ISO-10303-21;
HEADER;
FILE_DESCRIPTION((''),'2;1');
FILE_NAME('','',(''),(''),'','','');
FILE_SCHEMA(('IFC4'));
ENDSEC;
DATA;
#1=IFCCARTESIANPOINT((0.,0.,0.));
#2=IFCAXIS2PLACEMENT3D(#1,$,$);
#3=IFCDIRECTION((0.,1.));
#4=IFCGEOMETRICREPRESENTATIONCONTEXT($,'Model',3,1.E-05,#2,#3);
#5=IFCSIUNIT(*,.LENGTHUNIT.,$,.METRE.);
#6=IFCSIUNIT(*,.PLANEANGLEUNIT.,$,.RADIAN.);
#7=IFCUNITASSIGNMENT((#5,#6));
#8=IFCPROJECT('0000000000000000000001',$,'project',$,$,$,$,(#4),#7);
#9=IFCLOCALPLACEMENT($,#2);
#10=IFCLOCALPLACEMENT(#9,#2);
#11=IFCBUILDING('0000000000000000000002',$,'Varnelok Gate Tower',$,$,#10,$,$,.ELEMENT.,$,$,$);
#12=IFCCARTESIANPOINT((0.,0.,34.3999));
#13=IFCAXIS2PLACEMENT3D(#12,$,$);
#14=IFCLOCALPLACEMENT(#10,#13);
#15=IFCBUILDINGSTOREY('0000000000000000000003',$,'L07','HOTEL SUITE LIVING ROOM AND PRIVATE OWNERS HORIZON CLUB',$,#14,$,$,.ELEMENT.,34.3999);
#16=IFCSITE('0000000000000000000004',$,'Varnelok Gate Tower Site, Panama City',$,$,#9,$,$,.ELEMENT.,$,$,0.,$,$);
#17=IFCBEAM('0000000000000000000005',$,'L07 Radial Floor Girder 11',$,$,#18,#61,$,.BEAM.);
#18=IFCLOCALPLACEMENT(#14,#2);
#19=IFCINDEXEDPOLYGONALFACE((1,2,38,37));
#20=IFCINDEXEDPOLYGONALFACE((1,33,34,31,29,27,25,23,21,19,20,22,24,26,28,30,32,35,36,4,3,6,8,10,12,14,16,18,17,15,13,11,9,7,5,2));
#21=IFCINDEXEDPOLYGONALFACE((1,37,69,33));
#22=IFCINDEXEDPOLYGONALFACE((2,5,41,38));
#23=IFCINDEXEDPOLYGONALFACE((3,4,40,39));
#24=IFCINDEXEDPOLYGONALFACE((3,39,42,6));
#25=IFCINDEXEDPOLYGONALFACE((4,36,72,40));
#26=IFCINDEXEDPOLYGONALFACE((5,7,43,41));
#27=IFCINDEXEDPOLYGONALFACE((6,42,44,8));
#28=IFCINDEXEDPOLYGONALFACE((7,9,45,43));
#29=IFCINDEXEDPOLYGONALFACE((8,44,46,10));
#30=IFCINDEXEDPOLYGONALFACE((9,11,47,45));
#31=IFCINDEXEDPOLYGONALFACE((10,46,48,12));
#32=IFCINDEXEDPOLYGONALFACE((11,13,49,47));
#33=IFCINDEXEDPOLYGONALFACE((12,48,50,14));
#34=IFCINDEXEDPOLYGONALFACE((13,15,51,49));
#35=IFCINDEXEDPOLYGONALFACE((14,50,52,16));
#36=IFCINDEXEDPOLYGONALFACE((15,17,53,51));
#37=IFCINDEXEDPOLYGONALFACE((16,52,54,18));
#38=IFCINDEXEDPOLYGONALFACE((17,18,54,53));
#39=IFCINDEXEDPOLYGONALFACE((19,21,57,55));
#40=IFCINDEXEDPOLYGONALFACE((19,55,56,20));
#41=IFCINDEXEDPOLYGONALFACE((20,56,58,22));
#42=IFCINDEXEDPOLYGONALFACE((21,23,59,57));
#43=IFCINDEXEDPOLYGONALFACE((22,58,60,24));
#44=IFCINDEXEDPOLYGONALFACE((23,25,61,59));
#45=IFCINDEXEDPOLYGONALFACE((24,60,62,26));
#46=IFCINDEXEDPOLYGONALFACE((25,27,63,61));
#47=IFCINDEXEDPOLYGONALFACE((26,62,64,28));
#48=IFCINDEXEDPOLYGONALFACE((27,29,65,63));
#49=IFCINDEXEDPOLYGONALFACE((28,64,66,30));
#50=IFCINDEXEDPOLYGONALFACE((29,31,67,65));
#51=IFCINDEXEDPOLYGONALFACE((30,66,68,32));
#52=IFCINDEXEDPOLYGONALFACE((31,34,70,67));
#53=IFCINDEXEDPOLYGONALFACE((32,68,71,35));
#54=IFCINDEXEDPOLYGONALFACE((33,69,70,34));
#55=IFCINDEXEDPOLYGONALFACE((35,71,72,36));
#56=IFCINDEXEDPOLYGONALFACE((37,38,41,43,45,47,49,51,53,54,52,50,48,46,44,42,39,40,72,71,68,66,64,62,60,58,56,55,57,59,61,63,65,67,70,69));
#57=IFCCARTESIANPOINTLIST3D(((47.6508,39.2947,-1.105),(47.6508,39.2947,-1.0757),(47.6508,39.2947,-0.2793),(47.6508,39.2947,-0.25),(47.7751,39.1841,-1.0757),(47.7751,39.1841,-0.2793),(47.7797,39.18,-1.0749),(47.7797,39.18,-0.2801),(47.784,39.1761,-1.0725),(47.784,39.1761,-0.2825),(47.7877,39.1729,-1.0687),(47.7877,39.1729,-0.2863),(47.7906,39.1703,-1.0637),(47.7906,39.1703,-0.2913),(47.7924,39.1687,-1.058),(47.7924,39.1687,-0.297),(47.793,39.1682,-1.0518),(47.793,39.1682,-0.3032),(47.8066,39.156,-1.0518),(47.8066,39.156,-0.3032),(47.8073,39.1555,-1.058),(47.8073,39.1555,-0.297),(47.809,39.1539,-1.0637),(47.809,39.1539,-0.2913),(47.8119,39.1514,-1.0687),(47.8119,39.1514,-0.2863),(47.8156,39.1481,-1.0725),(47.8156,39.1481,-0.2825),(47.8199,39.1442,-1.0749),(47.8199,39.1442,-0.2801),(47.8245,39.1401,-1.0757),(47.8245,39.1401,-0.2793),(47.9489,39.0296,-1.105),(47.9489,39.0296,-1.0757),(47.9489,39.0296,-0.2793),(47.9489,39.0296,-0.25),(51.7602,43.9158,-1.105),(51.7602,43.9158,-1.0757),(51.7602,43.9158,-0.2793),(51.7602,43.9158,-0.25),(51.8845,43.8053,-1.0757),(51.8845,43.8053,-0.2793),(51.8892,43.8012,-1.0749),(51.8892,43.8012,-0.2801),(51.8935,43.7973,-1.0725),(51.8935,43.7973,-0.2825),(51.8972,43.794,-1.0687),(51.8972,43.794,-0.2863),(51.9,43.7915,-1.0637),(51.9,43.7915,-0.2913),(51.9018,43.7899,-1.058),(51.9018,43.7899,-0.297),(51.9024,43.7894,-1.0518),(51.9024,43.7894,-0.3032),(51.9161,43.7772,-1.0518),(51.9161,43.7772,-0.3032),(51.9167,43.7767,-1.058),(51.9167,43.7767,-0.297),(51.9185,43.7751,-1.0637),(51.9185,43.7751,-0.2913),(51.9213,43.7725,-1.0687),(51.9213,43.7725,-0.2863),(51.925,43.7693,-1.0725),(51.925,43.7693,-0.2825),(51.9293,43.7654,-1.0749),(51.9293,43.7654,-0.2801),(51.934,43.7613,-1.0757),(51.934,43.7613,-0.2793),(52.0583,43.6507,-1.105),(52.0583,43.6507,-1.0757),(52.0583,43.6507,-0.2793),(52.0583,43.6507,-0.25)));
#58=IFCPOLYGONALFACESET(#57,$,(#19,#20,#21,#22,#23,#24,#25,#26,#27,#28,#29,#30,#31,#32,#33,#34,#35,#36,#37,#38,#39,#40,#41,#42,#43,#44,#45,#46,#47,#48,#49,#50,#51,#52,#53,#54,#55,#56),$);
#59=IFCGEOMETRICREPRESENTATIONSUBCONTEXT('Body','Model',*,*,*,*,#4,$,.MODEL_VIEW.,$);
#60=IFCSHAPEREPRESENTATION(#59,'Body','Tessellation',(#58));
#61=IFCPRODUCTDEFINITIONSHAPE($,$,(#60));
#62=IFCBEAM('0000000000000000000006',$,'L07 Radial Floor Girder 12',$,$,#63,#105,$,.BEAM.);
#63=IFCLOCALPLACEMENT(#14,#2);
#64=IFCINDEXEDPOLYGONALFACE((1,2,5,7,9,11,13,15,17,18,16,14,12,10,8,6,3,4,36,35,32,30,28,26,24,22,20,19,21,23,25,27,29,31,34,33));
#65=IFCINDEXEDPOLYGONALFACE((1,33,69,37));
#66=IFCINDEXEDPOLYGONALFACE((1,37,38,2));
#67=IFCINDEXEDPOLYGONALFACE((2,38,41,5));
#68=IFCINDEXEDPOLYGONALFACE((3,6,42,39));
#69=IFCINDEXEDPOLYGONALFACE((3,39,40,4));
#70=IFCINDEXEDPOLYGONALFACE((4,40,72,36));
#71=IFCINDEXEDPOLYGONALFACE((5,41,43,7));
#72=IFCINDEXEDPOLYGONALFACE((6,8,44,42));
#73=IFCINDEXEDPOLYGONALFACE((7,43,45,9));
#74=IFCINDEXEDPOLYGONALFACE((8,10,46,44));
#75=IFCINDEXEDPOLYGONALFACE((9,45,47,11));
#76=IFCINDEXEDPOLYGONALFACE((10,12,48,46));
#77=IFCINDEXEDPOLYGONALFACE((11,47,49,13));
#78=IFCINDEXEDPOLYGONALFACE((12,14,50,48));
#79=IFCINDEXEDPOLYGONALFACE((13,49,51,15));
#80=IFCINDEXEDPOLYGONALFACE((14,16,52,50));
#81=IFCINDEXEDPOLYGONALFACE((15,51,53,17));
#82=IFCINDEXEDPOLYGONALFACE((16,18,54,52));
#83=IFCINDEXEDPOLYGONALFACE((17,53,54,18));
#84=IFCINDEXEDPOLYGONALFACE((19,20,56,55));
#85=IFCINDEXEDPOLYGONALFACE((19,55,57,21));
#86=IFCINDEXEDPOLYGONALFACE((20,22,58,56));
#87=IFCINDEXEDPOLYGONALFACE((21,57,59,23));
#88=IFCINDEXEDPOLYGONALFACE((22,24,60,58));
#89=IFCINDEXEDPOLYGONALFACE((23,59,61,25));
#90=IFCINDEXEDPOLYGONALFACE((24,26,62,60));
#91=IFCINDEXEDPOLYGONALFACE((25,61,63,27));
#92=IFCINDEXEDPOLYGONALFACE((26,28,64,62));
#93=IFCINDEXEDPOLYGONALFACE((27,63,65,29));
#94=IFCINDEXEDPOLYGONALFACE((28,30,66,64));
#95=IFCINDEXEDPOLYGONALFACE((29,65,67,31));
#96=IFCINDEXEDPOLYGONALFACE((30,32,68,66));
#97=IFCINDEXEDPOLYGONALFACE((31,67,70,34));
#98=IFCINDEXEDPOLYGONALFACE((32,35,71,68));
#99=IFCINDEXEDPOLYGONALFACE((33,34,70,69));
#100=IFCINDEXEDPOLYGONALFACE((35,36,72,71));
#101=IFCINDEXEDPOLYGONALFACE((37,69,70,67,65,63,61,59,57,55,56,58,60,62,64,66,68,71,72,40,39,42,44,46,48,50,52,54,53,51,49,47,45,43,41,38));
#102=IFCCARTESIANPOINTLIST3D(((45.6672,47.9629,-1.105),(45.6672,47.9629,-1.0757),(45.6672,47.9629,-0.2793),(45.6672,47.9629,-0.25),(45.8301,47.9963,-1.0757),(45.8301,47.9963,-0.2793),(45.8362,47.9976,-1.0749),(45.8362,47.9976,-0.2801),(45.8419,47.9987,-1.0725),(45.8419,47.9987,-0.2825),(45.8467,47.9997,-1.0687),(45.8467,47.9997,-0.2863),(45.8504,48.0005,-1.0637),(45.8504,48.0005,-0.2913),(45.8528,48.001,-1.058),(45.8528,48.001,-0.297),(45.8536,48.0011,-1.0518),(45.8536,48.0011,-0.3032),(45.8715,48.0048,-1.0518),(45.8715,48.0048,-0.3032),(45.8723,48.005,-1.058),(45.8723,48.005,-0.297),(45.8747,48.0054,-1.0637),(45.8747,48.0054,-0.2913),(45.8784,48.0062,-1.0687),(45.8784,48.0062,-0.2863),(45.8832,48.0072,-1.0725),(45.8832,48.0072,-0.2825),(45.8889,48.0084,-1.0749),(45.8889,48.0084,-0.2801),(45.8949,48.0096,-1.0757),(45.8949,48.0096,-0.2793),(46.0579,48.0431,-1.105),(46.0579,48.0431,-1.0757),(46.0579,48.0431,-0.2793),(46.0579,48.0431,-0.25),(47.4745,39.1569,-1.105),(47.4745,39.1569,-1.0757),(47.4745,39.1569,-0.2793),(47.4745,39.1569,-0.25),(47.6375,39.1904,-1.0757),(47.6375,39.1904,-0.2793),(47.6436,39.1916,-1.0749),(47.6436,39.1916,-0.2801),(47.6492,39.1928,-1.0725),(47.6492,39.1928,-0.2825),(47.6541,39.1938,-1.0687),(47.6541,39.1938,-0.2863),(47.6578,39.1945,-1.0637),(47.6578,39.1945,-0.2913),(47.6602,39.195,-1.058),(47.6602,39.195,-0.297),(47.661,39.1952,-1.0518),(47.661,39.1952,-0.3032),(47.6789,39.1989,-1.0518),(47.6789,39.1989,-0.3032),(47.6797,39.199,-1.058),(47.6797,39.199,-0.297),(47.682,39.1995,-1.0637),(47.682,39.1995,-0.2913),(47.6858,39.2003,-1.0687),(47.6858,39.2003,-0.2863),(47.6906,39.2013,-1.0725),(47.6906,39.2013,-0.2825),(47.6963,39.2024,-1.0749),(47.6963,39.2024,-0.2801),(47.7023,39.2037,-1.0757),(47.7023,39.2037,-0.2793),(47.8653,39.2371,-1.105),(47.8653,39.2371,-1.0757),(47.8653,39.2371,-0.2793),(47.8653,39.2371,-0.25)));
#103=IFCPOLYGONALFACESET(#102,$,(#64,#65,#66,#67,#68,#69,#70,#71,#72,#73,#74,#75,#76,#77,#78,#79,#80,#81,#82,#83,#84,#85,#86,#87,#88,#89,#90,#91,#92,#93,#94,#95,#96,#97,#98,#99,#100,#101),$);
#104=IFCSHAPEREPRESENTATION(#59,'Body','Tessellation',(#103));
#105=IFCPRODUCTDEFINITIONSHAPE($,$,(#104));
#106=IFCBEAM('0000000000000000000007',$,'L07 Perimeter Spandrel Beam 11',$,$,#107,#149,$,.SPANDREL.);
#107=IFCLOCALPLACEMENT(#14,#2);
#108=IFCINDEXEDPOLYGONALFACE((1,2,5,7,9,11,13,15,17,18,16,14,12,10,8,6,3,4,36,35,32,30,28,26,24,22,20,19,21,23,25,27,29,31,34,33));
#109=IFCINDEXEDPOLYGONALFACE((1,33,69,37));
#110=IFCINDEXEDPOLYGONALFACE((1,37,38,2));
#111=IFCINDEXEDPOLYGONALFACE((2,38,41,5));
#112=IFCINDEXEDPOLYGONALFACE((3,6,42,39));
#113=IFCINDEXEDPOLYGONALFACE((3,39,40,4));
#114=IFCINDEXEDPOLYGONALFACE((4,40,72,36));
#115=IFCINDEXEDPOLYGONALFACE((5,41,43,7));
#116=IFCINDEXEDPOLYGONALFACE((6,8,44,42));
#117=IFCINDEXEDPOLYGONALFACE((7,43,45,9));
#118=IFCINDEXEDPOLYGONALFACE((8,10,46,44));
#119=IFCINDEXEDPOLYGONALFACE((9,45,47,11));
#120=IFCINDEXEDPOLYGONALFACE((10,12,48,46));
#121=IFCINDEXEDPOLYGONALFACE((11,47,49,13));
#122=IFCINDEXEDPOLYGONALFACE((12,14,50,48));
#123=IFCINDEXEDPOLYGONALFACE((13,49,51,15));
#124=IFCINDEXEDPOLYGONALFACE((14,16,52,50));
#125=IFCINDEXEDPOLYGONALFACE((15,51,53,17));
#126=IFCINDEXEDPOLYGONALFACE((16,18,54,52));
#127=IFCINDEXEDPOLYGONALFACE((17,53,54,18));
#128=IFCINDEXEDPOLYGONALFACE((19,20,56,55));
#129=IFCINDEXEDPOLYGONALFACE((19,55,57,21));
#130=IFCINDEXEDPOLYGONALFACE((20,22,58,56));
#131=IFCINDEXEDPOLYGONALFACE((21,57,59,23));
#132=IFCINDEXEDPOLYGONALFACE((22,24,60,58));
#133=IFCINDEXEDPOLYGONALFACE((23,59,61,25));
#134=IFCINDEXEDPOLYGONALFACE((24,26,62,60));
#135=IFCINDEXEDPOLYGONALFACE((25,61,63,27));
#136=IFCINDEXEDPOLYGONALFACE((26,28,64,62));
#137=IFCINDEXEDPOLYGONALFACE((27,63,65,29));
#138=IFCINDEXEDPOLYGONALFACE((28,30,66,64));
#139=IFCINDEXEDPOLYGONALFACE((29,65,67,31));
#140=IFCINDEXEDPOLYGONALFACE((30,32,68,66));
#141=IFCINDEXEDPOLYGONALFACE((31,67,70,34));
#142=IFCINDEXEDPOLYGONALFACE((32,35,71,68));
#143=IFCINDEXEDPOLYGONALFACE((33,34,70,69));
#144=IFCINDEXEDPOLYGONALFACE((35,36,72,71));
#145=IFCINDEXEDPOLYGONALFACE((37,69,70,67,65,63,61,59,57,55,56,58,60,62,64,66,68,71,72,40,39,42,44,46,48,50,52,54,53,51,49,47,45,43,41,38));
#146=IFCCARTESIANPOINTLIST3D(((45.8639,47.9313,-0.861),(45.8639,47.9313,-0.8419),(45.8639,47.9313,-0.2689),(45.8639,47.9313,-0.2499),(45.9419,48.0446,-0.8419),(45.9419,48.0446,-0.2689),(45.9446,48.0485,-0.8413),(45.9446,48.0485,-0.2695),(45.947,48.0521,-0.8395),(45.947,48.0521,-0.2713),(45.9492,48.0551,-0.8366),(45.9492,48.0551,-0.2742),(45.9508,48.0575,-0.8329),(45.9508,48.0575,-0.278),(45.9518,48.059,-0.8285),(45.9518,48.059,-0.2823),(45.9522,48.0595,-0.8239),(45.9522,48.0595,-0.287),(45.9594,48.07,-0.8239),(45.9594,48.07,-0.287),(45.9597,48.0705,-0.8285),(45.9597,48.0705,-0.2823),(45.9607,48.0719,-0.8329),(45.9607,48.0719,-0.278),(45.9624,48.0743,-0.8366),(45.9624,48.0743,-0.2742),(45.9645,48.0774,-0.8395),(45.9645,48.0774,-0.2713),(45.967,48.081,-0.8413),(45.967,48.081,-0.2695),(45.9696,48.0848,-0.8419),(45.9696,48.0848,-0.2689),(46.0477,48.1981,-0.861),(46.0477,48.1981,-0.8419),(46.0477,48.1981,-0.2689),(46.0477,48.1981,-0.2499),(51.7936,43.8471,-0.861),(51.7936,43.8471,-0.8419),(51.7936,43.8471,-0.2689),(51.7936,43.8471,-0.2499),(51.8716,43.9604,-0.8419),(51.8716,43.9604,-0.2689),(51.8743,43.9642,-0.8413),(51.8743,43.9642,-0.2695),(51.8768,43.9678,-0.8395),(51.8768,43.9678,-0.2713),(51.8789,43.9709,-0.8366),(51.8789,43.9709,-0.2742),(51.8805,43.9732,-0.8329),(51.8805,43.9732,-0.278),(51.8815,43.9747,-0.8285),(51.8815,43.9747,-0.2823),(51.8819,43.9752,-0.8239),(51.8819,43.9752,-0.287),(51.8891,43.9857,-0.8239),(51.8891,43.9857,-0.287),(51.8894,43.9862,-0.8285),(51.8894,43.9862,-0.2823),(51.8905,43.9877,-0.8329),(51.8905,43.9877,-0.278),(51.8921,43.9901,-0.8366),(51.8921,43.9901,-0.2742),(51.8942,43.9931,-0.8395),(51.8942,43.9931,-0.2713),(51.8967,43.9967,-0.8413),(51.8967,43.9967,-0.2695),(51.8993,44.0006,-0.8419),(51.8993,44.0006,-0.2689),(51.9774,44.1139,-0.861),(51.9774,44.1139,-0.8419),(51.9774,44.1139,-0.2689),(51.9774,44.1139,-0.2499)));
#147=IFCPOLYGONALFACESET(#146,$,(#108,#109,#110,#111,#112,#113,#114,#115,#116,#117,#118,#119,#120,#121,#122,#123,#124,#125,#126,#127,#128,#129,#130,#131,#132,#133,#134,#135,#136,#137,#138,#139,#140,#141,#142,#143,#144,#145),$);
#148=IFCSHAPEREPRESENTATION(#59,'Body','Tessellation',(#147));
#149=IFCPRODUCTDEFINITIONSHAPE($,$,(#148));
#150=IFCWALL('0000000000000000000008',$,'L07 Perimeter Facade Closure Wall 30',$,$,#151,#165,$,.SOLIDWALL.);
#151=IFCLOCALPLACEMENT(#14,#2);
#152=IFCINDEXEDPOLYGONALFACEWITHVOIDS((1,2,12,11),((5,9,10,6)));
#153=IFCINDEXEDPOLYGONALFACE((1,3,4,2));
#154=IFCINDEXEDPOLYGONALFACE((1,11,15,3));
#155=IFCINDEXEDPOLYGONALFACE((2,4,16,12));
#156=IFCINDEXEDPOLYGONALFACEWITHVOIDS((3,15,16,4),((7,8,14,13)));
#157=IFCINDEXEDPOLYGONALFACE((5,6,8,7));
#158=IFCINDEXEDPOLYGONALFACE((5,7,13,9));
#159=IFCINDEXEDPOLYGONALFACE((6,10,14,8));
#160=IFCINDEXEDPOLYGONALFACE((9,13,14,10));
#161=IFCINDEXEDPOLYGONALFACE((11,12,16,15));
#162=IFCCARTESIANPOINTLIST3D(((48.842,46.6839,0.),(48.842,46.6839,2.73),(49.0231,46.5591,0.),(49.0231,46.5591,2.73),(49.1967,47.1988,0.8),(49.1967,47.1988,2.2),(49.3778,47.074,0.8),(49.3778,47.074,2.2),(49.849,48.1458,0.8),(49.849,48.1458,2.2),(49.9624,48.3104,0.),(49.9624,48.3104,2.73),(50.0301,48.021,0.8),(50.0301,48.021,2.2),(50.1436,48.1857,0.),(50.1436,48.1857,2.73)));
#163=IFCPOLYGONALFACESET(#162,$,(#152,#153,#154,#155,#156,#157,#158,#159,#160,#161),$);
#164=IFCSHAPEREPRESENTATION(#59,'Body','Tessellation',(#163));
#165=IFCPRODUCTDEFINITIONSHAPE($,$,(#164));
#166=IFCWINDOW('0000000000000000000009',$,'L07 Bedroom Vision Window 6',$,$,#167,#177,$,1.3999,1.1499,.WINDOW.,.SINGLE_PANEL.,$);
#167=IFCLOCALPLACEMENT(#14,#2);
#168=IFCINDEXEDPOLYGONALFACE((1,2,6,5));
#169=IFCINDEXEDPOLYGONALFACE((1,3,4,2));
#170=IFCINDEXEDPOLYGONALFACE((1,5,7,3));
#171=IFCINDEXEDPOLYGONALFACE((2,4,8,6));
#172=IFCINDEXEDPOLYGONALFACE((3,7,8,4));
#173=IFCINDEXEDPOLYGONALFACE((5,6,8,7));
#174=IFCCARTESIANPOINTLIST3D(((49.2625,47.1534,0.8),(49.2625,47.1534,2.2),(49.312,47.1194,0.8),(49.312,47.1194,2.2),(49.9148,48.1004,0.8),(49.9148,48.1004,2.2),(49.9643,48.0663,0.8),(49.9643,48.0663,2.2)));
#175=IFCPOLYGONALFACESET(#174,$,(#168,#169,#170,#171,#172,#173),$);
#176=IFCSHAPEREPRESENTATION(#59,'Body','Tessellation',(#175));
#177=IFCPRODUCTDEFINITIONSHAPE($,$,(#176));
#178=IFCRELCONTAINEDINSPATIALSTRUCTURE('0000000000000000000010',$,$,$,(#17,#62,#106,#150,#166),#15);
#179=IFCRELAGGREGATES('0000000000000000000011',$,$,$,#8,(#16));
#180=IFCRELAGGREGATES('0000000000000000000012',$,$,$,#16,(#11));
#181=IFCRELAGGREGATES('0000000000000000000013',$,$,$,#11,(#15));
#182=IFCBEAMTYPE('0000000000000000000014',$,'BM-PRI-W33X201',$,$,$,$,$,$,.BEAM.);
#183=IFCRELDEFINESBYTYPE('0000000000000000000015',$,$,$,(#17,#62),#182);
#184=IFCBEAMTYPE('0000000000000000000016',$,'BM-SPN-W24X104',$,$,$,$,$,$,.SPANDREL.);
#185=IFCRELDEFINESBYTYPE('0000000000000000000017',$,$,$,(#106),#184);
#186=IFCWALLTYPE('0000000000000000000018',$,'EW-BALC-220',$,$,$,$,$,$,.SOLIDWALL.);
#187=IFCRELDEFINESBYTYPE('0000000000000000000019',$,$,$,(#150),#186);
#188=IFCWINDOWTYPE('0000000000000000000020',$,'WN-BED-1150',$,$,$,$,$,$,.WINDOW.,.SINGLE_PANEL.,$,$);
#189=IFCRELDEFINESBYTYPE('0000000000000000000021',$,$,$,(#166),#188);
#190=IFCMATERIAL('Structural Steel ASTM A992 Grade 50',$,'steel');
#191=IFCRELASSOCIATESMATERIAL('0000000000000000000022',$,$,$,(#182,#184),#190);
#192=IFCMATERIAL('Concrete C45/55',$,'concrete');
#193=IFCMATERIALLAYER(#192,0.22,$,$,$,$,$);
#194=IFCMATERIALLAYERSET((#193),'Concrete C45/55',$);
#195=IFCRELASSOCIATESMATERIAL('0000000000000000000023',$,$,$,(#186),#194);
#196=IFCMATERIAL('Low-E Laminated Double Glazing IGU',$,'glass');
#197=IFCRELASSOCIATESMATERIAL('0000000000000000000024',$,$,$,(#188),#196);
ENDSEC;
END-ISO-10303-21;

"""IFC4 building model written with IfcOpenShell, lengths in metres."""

from ifc_helpers import new_model, si_unit, direction, frame, frame_2d, origin, origin_2d, place, context, subcontext, project, spatial, rectangle, i_section, extrude, material, layer, layer_set, material_profile, profile_set, type_object, element, fill, save


model = new_model("IFC4")

# Units and contexts
model_context = context("Model", 3, precision=1e-05, world=origin(), true_north=direction((0.0, 1.0)))
body_context = subcontext(model_context, "Body", "Model", "MODEL_VIEW")
ifc_project = project(units=[si_unit("LENGTHUNIT", "METRE"), si_unit("PLANEANGLEUNIT", "RADIAN")], contexts=[model_context])

# Site, building, storey
site_placement = place(None, origin())
site = spatial("IfcSite", under=ifc_project, at=site_placement, Name="Varnelok Gate Tower Site, Panama City", CompositionType="ELEMENT", RefElevation=0.0)
building_placement = place(site_placement, origin())
building = spatial("IfcBuilding", under=site, at=building_placement, Name="Varnelok Gate Tower", CompositionType="ELEMENT")
storey_placement = place(building_placement, frame((0.0, 0.0, 34.3999)))
storey = spatial("IfcBuildingStorey", under=building, at=storey_placement, Name="L07", Description="HOTEL SUITE LIVING ROOM AND PRIVATE OWNERS HORIZON CLUB", CompositionType="ELEMENT", Elevation=34.3999)

# Shared definitions
ifc_material_1 = material(Name="Structural Steel ASTM A992 Grade 50", Category="steel")

# Beams
ifc_material_profile_1 = material_profile(ifc_material_1, i_section(OverallWidth=0.3989, OverallDepth=0.855, WebThickness=0.0183, FlangeThickness=0.0293, FilletRadius=0.0239, at=origin_2d()), Name="W33X201")
ifc_profile_set_1 = profile_set([ifc_material_profile_1], Name="Structural Steel ASTM A992 Grade 50")
beam_type_1 = type_object("IfcBeamType", Name="BM-PRI-W33X201", PredefinedType="BEAM", material=ifc_profile_set_1)
beam_1_placement = place(storey_placement, frame((47.7998, 39.1621, -0.6775), z_axis=(0.664521, 0.74727, 0.0), x_axis=(-0.74727, 0.664521, 0.0)))
element("IfcBeam", 1, at=beam_1_placement, inside=storey, type_object=beam_type_1, Name="L07 Radial Floor Girder 11", PredefinedType="BEAM", context=body_context, shape_type="SweptSolid", body=[
    extrude(i_section(OverallWidth=0.3989, OverallDepth=0.855, WebThickness=0.0183, FlangeThickness=0.0293, FilletRadius=0.0239, at=origin_2d()), origin(), (0.0, 0.0, 1.0), 6.1841),
])
beam_2_placement = place(storey_placement, frame((47.6699, 39.197, -0.6775), z_axis=(-0.201054, 0.97958, 0.0), x_axis=(-0.97958, -0.201054, 0.0)))
element("IfcBeam", 2, at=beam_2_placement, inside=storey, type_object=beam_type_1, Name="L07 Radial Floor Girder 12", PredefinedType="BEAM", context=body_context, shape_type="SweptSolid", body=[
    extrude(i_section(OverallWidth=0.3989, OverallDepth=0.855, WebThickness=0.0183, FlangeThickness=0.0293, FilletRadius=0.0239, at=origin_2d()), origin(), (0.0, 0.0, 1.0), 8.9895),
])
ifc_material_profile_2 = material_profile(ifc_material_1, i_section(OverallWidth=0.324, OverallDepth=0.6111, WebThickness=0.0127, FlangeThickness=0.019, FilletRadius=0.0181, at=origin_2d()), Name="W24X104")
ifc_profile_set_2 = profile_set([ifc_material_profile_2], Name="Structural Steel ASTM A992 Grade 50")
beam_type_2 = type_object("IfcBeamType", Name="BM-SPN-W24X104", PredefinedType="SPANDREL", material=ifc_profile_set_2)
beam_3_placement = place(storey_placement, frame((51.8855, 43.9805, -0.5554), z_axis=(-0.823551, 0.567242, 0.0), x_axis=(-0.567242, -0.823551, 0.0)))
element("IfcBeam", 3, at=beam_3_placement, inside=storey, type_object=beam_type_2, Name="L07 Perimeter Spandrel Beam 11", PredefinedType="SPANDREL", context=body_context, shape_type="SweptSolid", body=[
    extrude(i_section(OverallWidth=0.324, OverallDepth=0.6111, WebThickness=0.0127, FlangeThickness=0.019, FilletRadius=0.0181, at=origin_2d()), origin(), (0.0, 0.0, 1.0), 7.2002),
])

# Wall, opening, window
ifc_material_2 = material(Name="Concrete C45/55", Category="concrete")
ifc_layer_1 = layer(ifc_material_2, 0.22)
ifc_layer_set_1 = layer_set([ifc_layer_1], Name="Concrete C45/55")
wall_type_1 = type_object("IfcWallType", Name="EW-BALC-220", PredefinedType="SOLIDWALL", material=ifc_layer_set_1)
wall_1_placement = place(storey_placement, frame((50.053, 48.248, 0.0), z_axis=(0.0, 0.0, 1.0), x_axis=(-0.567274, -0.823529, 0.0)))
wall_1 = element("IfcWall", 4, at=wall_1_placement, inside=storey, type_object=wall_type_1, Name="L07 Perimeter Facade Closure Wall 30", PredefinedType="SOLIDWALL", context=body_context, shape_type="SweptSolid", body=[
    extrude(rectangle(XDim=1.9751, YDim=0.22, at=frame_2d((0.9875, 0.0))), origin(), (0.0, 0.0, 1.0), 2.73),
])
opening_1_placement = place(wall_1_placement, frame((0.2, 0.0, 0.8)))
opening_1 = element("IfcOpeningElement", 5, at=opening_1_placement, cuts=wall_1, PredefinedType="OPENING", context=body_context, shape_type="SweptSolid", body=[
    extrude(rectangle(XDim=1.1499, YDim=1.3999, at=frame_2d((0.575, 0.7))), frame((0.0, 0.1199, 0.0), z_axis=(0.0, -1.0, 0.0), x_axis=(1.0, 0.0, 0.0)), (0.0, 0.0, 1.0), 0.24),
])
ifc_material_3 = material(Name="Low-E Laminated Double Glazing IGU", Category="glass")
window_type = type_object("IfcWindowType", Name="WN-BED-1150", PartitioningType="SINGLE_PANEL", PredefinedType="WINDOW", material=ifc_material_3)
window_placement = place(opening_1_placement, origin())
window = element("IfcWindow", 6, at=window_placement, inside=storey, type_object=window_type, Name="L07 Bedroom Vision Window 6", OverallHeight=1.3999, OverallWidth=1.1499, PartitioningType="SINGLE_PANEL", PredefinedType="WINDOW", context=body_context, shape_type="SweptSolid", body=[
    extrude(rectangle(XDim=1.1499, YDim=1.3999, at=frame_2d((0.575, 0.7))), frame((0.0, 0.03, 0.0), z_axis=(0.0, -1.0, 0.0), x_axis=(1.0, 0.0, 0.0)), (0.0, 0.0, 1.0), 0.0601),
])
fill(opening_1, window)

save(model, "model.ifc")
